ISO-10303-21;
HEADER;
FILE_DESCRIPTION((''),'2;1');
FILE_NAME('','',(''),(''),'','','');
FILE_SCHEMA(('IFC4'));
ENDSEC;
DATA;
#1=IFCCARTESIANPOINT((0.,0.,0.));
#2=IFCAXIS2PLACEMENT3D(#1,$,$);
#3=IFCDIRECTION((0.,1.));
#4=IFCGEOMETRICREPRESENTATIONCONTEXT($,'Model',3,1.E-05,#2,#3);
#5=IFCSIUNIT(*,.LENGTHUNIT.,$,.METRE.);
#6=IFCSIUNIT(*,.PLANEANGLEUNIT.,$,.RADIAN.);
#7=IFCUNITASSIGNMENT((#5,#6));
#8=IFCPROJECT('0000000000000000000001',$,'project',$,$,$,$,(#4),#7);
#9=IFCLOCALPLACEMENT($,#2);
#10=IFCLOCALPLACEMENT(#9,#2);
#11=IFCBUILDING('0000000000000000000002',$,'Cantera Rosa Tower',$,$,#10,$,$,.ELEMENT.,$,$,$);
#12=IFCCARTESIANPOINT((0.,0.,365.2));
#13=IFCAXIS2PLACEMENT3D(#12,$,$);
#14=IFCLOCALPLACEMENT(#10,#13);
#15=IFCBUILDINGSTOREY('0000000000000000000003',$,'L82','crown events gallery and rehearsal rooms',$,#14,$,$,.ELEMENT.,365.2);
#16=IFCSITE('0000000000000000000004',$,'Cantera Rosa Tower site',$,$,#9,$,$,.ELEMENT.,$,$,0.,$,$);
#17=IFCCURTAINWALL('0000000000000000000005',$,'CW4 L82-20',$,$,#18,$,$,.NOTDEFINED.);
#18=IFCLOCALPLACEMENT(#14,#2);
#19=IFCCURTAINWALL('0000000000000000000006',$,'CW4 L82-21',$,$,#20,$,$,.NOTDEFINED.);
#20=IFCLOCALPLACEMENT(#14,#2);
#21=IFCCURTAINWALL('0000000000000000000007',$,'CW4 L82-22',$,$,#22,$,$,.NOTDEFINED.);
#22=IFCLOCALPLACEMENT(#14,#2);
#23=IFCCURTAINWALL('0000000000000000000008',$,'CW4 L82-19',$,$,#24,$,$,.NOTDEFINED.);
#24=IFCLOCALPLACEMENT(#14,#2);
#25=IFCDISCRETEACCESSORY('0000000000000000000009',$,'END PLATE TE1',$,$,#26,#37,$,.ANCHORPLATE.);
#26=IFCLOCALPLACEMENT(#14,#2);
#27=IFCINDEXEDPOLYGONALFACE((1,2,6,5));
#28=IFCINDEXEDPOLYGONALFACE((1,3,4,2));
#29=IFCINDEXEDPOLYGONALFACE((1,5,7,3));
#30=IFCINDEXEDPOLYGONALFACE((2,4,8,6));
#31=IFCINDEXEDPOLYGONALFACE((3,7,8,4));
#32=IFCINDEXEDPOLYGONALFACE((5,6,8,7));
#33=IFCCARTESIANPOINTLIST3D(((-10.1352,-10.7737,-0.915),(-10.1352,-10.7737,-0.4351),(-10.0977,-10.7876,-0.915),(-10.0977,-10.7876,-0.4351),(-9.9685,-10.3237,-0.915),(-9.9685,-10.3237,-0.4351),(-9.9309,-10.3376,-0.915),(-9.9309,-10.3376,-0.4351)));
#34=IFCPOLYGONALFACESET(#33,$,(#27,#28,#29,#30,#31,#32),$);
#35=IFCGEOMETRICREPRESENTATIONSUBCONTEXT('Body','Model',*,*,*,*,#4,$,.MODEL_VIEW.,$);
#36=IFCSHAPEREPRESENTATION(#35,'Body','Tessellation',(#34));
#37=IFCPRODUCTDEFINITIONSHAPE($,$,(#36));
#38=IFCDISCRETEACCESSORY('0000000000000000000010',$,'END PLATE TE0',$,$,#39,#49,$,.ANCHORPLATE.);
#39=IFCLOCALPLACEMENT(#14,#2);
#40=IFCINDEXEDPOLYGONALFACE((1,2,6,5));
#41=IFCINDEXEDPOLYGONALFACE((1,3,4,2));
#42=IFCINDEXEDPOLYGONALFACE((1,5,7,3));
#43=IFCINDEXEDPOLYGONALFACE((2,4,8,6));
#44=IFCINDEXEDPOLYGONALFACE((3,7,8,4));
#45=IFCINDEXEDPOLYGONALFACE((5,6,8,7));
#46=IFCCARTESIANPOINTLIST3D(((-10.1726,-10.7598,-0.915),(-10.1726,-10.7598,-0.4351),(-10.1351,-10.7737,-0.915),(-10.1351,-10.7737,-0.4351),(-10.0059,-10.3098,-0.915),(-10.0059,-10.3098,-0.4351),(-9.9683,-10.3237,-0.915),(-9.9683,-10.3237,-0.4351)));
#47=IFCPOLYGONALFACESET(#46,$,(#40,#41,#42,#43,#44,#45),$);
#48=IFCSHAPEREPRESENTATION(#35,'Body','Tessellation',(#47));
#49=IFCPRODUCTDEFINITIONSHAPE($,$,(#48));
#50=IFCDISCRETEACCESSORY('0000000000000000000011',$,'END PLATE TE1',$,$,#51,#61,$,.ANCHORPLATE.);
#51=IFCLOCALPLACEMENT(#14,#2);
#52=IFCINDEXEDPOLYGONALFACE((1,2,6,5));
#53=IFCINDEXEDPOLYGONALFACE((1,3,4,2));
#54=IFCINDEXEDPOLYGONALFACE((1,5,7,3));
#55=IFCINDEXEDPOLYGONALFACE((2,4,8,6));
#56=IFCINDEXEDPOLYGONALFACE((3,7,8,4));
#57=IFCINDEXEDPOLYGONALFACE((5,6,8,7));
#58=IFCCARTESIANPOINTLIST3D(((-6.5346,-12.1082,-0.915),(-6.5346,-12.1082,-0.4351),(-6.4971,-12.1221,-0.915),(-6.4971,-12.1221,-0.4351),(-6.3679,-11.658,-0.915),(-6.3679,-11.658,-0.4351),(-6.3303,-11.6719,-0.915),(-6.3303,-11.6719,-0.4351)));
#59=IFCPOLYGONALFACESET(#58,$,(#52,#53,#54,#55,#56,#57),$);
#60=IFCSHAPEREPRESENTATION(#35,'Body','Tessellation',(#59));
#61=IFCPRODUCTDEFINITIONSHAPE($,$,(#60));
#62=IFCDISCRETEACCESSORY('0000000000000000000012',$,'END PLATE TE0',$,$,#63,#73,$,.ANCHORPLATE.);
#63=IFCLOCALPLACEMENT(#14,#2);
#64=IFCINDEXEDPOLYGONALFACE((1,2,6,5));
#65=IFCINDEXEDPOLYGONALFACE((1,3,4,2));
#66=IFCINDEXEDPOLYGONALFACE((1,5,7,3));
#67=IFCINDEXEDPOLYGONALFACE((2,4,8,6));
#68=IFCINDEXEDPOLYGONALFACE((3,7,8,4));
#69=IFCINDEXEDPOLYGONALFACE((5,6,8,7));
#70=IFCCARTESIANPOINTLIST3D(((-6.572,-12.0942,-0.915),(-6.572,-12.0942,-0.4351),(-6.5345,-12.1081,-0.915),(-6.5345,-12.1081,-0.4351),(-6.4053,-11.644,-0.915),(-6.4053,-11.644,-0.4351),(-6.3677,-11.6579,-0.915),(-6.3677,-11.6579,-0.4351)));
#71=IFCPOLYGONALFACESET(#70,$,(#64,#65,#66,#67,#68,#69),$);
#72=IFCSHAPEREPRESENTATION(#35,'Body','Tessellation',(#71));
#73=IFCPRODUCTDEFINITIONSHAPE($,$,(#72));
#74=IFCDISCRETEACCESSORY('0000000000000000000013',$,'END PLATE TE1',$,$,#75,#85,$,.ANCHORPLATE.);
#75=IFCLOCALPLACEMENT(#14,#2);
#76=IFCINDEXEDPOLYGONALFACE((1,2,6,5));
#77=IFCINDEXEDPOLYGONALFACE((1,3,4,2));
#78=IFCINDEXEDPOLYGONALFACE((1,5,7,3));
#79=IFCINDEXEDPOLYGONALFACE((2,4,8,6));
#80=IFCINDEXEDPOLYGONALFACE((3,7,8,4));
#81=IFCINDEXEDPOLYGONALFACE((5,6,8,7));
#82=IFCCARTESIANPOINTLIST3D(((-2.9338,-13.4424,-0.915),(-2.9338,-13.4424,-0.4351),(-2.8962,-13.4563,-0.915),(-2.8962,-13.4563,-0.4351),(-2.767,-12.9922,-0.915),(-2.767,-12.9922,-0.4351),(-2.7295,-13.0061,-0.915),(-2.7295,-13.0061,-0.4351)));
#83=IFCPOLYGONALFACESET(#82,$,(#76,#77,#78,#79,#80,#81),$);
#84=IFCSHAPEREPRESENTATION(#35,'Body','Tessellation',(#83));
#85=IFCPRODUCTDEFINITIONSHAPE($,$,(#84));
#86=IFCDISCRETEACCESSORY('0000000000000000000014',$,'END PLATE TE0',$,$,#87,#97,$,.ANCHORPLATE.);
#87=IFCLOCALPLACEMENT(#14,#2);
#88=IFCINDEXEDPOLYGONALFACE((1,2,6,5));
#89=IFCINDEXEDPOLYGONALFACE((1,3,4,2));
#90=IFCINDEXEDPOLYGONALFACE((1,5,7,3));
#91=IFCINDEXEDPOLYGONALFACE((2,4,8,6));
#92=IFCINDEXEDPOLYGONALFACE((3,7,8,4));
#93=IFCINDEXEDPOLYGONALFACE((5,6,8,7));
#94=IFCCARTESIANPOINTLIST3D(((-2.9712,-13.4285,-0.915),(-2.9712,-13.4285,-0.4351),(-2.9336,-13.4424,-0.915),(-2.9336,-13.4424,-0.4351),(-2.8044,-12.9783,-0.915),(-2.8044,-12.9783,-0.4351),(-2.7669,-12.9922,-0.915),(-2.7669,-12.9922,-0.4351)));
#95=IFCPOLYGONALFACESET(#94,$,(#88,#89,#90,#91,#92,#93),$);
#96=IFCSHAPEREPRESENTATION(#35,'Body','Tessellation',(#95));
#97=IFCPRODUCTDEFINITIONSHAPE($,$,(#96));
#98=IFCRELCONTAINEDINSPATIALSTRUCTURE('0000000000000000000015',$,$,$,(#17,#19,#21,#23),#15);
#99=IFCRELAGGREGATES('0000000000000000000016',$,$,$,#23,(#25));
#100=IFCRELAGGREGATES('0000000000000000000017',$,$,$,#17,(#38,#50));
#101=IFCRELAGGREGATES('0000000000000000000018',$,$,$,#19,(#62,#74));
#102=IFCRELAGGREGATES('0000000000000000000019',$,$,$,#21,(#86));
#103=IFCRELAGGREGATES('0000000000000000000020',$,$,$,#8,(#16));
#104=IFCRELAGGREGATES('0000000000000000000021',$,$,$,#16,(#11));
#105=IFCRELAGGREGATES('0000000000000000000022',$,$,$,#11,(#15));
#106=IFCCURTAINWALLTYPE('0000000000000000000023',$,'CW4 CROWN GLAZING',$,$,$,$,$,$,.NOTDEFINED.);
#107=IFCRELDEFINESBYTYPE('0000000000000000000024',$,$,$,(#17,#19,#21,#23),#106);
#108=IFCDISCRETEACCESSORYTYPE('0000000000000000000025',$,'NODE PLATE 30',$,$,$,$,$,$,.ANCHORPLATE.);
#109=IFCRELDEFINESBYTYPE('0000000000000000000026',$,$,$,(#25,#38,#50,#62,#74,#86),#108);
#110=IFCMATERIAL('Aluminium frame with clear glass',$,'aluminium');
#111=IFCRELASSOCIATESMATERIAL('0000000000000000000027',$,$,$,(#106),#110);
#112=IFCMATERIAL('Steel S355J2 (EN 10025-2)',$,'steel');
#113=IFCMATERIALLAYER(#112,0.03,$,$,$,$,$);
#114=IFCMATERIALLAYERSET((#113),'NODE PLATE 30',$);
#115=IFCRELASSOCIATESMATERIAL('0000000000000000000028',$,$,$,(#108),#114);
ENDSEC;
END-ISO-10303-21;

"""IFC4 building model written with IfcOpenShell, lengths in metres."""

from ifc_helpers import new_model, si_unit, direction, frame, origin, place, context, subcontext, project, spatial, polyline, outline, extrude, material, layer, layer_set, type_object, element, aggregate, save


model = new_model("IFC4")

# Units and contexts
model_context = context("Model", 3, precision=1e-05, world=origin(), true_north=direction((0.0, 1.0)))
body_context = subcontext(model_context, "Body", "Model", "MODEL_VIEW")
ifc_project = project(units=[si_unit("LENGTHUNIT", "METRE"), si_unit("PLANEANGLEUNIT", "RADIAN")], contexts=[model_context])

# Site, building, storey
site_placement = place(None, origin())
site = spatial("IfcSite", under=ifc_project, at=site_placement, Name="Cantera Rosa Tower site", CompositionType="ELEMENT", RefElevation=0.0)
building_placement = place(site_placement, origin())
building = spatial("IfcBuilding", under=site, at=building_placement, Name="Cantera Rosa Tower", CompositionType="ELEMENT")
storey_placement = place(building_placement, frame((0.0, 0.0, 365.2)))
storey = spatial("IfcBuildingStorey", under=building, at=storey_placement, Name="L82", Description="crown events gallery and rehearsal rooms", CompositionType="ELEMENT", Elevation=365.2)

# Curtain walls
ifc_material_1 = material(Name="Aluminium frame with clear glass", Category="aluminium")
curtain_wall_type = type_object("IfcCurtainWallType", Name="CW4 CROWN GLAZING", PredefinedType="NOTDEFINED", material=ifc_material_1)
curtain_wall_1_placement = place(storey_placement, origin())
curtain_wall_1 = element("IfcCurtainWall", 1, at=curtain_wall_1_placement, inside=storey, type_object=curtain_wall_type, Name="CW4 L82-20", PredefinedType="NOTDEFINED")
curtain_wall_2_placement = place(storey_placement, origin())
curtain_wall_2 = element("IfcCurtainWall", 2, at=curtain_wall_2_placement, inside=storey, type_object=curtain_wall_type, Name="CW4 L82-21", PredefinedType="NOTDEFINED")
curtain_wall_3_placement = place(storey_placement, origin())
curtain_wall_3 = element("IfcCurtainWall", 3, at=curtain_wall_3_placement, inside=storey, type_object=curtain_wall_type, Name="CW4 L82-22", PredefinedType="NOTDEFINED")

# Curtain wall, discrete accessory
curtain_wall_4_placement = place(storey_placement, origin())
curtain_wall_4 = element("IfcCurtainWall", 4, at=curtain_wall_4_placement, inside=storey, type_object=curtain_wall_type, Name="CW4 L82-19", PredefinedType="NOTDEFINED")
ifc_material_2 = material(Name="Steel S355J2 (EN 10025-2)", Category="steel")
ifc_layer_1 = layer(ifc_material_2, 0.03)
ifc_layer_set_1 = layer_set([ifc_layer_1], Name="NODE PLATE 30")
discrete_accessory_type = type_object("IfcDiscreteAccessoryType", Name="NODE PLATE 30", PredefinedType="ANCHORPLATE", material=ifc_layer_set_1)
discrete_accessory_1_placement = place(storey_placement, frame((-9.9309, -10.3376, -0.4351), z_axis=(0.937681, -0.347497, 0.0), x_axis=(-0.347497, -0.937681, 0.0)))
discrete_accessory_1 = element("IfcDiscreteAccessory", 5, at=discrete_accessory_1_placement, type_object=discrete_accessory_type, Name="END PLATE TE1", PredefinedType="ANCHORPLATE", context=body_context, shape_type="SweptSolid", body=[
    extrude(outline(polyline([(0.0, 0.0), (0.4799, 0.0), (0.4799, 0.48), (0.0, 0.48), (0.0, 0.0)])), origin(), (0.0, 0.0, -1.0), 0.04),
])
aggregate(curtain_wall_4, [discrete_accessory_1])

# Discrete accessories
discrete_accessory_2_placement = place(storey_placement, frame((-10.1726, -10.7598, -0.4351), z_axis=(-0.937681, 0.347497, 0.0), x_axis=(0.347497, 0.937681, 0.0)))
discrete_accessory_2 = element("IfcDiscreteAccessory", 6, at=discrete_accessory_2_placement, type_object=discrete_accessory_type, Name="END PLATE TE0", PredefinedType="ANCHORPLATE", context=body_context, shape_type="SweptSolid", body=[
    extrude(outline(polyline([(0.0, 0.0), (0.4799, 0.0), (0.4799, 0.48), (0.0, 0.48), (0.0, 0.0)])), origin(), (0.0, 0.0, -1.0), 0.04),
])
discrete_accessory_3_placement = place(storey_placement, frame((-6.3303, -11.6719, -0.4351), z_axis=(0.937743, -0.347331, 0.0), x_axis=(-0.347331, -0.937743, 0.0)))
discrete_accessory_3 = element("IfcDiscreteAccessory", 7, at=discrete_accessory_3_placement, type_object=discrete_accessory_type, Name="END PLATE TE1", PredefinedType="ANCHORPLATE", context=body_context, shape_type="SweptSolid", body=[
    extrude(outline(polyline([(0.0, 0.0), (0.4801, 0.0), (0.4801, 0.48), (0.0, 0.48), (0.0, 0.0)])), origin(), (0.0, 0.0, -1.0), 0.04),
])
aggregate(curtain_wall_1, [discrete_accessory_2, discrete_accessory_3])
discrete_accessory_4_placement = place(storey_placement, frame((-6.572, -12.0942, -0.4351), z_axis=(-0.937743, 0.347331, 0.0), x_axis=(0.347331, 0.937743, 0.0)))
discrete_accessory_4 = element("IfcDiscreteAccessory", 8, at=discrete_accessory_4_placement, type_object=discrete_accessory_type, Name="END PLATE TE0", PredefinedType="ANCHORPLATE", context=body_context, shape_type="SweptSolid", body=[
    extrude(outline(polyline([(0.0, 0.0), (0.4801, 0.0), (0.4801, 0.48), (0.0, 0.48), (0.0, 0.0)])), origin(), (0.0, 0.0, -1.0), 0.04),
])
discrete_accessory_5_placement = place(storey_placement, frame((-2.7295, -13.0061, -0.4351), z_axis=(0.937743, -0.347331, 0.0), x_axis=(-0.347331, -0.937743, 0.0)))
discrete_accessory_5 = element("IfcDiscreteAccessory", 9, at=discrete_accessory_5_placement, type_object=discrete_accessory_type, Name="END PLATE TE1", PredefinedType="ANCHORPLATE", context=body_context, shape_type="SweptSolid", body=[
    extrude(outline(polyline([(0.0, 0.0), (0.4801, 0.0), (0.4801, 0.48), (0.0, 0.48), (0.0, 0.0)])), origin(), (0.0, 0.0, -1.0), 0.04),
])
aggregate(curtain_wall_2, [discrete_accessory_4, discrete_accessory_5])
discrete_accessory_6_placement = place(storey_placement, frame((-2.9712, -13.4285, -0.4351), z_axis=(-0.937743, 0.347331, 0.0), x_axis=(0.347331, 0.937743, 0.0)))
discrete_accessory_6 = element("IfcDiscreteAccessory", 10, at=discrete_accessory_6_placement, type_object=discrete_accessory_type, Name="END PLATE TE0", PredefinedType="ANCHORPLATE", context=body_context, shape_type="SweptSolid", body=[
    extrude(outline(polyline([(0.0, 0.0), (0.4801, 0.0), (0.4801, 0.48), (0.0, 0.48), (0.0, 0.0)])), origin(), (0.0, 0.0, -1.0), 0.04),
])
aggregate(curtain_wall_3, [discrete_accessory_6])

save(model, "model.ifc")
